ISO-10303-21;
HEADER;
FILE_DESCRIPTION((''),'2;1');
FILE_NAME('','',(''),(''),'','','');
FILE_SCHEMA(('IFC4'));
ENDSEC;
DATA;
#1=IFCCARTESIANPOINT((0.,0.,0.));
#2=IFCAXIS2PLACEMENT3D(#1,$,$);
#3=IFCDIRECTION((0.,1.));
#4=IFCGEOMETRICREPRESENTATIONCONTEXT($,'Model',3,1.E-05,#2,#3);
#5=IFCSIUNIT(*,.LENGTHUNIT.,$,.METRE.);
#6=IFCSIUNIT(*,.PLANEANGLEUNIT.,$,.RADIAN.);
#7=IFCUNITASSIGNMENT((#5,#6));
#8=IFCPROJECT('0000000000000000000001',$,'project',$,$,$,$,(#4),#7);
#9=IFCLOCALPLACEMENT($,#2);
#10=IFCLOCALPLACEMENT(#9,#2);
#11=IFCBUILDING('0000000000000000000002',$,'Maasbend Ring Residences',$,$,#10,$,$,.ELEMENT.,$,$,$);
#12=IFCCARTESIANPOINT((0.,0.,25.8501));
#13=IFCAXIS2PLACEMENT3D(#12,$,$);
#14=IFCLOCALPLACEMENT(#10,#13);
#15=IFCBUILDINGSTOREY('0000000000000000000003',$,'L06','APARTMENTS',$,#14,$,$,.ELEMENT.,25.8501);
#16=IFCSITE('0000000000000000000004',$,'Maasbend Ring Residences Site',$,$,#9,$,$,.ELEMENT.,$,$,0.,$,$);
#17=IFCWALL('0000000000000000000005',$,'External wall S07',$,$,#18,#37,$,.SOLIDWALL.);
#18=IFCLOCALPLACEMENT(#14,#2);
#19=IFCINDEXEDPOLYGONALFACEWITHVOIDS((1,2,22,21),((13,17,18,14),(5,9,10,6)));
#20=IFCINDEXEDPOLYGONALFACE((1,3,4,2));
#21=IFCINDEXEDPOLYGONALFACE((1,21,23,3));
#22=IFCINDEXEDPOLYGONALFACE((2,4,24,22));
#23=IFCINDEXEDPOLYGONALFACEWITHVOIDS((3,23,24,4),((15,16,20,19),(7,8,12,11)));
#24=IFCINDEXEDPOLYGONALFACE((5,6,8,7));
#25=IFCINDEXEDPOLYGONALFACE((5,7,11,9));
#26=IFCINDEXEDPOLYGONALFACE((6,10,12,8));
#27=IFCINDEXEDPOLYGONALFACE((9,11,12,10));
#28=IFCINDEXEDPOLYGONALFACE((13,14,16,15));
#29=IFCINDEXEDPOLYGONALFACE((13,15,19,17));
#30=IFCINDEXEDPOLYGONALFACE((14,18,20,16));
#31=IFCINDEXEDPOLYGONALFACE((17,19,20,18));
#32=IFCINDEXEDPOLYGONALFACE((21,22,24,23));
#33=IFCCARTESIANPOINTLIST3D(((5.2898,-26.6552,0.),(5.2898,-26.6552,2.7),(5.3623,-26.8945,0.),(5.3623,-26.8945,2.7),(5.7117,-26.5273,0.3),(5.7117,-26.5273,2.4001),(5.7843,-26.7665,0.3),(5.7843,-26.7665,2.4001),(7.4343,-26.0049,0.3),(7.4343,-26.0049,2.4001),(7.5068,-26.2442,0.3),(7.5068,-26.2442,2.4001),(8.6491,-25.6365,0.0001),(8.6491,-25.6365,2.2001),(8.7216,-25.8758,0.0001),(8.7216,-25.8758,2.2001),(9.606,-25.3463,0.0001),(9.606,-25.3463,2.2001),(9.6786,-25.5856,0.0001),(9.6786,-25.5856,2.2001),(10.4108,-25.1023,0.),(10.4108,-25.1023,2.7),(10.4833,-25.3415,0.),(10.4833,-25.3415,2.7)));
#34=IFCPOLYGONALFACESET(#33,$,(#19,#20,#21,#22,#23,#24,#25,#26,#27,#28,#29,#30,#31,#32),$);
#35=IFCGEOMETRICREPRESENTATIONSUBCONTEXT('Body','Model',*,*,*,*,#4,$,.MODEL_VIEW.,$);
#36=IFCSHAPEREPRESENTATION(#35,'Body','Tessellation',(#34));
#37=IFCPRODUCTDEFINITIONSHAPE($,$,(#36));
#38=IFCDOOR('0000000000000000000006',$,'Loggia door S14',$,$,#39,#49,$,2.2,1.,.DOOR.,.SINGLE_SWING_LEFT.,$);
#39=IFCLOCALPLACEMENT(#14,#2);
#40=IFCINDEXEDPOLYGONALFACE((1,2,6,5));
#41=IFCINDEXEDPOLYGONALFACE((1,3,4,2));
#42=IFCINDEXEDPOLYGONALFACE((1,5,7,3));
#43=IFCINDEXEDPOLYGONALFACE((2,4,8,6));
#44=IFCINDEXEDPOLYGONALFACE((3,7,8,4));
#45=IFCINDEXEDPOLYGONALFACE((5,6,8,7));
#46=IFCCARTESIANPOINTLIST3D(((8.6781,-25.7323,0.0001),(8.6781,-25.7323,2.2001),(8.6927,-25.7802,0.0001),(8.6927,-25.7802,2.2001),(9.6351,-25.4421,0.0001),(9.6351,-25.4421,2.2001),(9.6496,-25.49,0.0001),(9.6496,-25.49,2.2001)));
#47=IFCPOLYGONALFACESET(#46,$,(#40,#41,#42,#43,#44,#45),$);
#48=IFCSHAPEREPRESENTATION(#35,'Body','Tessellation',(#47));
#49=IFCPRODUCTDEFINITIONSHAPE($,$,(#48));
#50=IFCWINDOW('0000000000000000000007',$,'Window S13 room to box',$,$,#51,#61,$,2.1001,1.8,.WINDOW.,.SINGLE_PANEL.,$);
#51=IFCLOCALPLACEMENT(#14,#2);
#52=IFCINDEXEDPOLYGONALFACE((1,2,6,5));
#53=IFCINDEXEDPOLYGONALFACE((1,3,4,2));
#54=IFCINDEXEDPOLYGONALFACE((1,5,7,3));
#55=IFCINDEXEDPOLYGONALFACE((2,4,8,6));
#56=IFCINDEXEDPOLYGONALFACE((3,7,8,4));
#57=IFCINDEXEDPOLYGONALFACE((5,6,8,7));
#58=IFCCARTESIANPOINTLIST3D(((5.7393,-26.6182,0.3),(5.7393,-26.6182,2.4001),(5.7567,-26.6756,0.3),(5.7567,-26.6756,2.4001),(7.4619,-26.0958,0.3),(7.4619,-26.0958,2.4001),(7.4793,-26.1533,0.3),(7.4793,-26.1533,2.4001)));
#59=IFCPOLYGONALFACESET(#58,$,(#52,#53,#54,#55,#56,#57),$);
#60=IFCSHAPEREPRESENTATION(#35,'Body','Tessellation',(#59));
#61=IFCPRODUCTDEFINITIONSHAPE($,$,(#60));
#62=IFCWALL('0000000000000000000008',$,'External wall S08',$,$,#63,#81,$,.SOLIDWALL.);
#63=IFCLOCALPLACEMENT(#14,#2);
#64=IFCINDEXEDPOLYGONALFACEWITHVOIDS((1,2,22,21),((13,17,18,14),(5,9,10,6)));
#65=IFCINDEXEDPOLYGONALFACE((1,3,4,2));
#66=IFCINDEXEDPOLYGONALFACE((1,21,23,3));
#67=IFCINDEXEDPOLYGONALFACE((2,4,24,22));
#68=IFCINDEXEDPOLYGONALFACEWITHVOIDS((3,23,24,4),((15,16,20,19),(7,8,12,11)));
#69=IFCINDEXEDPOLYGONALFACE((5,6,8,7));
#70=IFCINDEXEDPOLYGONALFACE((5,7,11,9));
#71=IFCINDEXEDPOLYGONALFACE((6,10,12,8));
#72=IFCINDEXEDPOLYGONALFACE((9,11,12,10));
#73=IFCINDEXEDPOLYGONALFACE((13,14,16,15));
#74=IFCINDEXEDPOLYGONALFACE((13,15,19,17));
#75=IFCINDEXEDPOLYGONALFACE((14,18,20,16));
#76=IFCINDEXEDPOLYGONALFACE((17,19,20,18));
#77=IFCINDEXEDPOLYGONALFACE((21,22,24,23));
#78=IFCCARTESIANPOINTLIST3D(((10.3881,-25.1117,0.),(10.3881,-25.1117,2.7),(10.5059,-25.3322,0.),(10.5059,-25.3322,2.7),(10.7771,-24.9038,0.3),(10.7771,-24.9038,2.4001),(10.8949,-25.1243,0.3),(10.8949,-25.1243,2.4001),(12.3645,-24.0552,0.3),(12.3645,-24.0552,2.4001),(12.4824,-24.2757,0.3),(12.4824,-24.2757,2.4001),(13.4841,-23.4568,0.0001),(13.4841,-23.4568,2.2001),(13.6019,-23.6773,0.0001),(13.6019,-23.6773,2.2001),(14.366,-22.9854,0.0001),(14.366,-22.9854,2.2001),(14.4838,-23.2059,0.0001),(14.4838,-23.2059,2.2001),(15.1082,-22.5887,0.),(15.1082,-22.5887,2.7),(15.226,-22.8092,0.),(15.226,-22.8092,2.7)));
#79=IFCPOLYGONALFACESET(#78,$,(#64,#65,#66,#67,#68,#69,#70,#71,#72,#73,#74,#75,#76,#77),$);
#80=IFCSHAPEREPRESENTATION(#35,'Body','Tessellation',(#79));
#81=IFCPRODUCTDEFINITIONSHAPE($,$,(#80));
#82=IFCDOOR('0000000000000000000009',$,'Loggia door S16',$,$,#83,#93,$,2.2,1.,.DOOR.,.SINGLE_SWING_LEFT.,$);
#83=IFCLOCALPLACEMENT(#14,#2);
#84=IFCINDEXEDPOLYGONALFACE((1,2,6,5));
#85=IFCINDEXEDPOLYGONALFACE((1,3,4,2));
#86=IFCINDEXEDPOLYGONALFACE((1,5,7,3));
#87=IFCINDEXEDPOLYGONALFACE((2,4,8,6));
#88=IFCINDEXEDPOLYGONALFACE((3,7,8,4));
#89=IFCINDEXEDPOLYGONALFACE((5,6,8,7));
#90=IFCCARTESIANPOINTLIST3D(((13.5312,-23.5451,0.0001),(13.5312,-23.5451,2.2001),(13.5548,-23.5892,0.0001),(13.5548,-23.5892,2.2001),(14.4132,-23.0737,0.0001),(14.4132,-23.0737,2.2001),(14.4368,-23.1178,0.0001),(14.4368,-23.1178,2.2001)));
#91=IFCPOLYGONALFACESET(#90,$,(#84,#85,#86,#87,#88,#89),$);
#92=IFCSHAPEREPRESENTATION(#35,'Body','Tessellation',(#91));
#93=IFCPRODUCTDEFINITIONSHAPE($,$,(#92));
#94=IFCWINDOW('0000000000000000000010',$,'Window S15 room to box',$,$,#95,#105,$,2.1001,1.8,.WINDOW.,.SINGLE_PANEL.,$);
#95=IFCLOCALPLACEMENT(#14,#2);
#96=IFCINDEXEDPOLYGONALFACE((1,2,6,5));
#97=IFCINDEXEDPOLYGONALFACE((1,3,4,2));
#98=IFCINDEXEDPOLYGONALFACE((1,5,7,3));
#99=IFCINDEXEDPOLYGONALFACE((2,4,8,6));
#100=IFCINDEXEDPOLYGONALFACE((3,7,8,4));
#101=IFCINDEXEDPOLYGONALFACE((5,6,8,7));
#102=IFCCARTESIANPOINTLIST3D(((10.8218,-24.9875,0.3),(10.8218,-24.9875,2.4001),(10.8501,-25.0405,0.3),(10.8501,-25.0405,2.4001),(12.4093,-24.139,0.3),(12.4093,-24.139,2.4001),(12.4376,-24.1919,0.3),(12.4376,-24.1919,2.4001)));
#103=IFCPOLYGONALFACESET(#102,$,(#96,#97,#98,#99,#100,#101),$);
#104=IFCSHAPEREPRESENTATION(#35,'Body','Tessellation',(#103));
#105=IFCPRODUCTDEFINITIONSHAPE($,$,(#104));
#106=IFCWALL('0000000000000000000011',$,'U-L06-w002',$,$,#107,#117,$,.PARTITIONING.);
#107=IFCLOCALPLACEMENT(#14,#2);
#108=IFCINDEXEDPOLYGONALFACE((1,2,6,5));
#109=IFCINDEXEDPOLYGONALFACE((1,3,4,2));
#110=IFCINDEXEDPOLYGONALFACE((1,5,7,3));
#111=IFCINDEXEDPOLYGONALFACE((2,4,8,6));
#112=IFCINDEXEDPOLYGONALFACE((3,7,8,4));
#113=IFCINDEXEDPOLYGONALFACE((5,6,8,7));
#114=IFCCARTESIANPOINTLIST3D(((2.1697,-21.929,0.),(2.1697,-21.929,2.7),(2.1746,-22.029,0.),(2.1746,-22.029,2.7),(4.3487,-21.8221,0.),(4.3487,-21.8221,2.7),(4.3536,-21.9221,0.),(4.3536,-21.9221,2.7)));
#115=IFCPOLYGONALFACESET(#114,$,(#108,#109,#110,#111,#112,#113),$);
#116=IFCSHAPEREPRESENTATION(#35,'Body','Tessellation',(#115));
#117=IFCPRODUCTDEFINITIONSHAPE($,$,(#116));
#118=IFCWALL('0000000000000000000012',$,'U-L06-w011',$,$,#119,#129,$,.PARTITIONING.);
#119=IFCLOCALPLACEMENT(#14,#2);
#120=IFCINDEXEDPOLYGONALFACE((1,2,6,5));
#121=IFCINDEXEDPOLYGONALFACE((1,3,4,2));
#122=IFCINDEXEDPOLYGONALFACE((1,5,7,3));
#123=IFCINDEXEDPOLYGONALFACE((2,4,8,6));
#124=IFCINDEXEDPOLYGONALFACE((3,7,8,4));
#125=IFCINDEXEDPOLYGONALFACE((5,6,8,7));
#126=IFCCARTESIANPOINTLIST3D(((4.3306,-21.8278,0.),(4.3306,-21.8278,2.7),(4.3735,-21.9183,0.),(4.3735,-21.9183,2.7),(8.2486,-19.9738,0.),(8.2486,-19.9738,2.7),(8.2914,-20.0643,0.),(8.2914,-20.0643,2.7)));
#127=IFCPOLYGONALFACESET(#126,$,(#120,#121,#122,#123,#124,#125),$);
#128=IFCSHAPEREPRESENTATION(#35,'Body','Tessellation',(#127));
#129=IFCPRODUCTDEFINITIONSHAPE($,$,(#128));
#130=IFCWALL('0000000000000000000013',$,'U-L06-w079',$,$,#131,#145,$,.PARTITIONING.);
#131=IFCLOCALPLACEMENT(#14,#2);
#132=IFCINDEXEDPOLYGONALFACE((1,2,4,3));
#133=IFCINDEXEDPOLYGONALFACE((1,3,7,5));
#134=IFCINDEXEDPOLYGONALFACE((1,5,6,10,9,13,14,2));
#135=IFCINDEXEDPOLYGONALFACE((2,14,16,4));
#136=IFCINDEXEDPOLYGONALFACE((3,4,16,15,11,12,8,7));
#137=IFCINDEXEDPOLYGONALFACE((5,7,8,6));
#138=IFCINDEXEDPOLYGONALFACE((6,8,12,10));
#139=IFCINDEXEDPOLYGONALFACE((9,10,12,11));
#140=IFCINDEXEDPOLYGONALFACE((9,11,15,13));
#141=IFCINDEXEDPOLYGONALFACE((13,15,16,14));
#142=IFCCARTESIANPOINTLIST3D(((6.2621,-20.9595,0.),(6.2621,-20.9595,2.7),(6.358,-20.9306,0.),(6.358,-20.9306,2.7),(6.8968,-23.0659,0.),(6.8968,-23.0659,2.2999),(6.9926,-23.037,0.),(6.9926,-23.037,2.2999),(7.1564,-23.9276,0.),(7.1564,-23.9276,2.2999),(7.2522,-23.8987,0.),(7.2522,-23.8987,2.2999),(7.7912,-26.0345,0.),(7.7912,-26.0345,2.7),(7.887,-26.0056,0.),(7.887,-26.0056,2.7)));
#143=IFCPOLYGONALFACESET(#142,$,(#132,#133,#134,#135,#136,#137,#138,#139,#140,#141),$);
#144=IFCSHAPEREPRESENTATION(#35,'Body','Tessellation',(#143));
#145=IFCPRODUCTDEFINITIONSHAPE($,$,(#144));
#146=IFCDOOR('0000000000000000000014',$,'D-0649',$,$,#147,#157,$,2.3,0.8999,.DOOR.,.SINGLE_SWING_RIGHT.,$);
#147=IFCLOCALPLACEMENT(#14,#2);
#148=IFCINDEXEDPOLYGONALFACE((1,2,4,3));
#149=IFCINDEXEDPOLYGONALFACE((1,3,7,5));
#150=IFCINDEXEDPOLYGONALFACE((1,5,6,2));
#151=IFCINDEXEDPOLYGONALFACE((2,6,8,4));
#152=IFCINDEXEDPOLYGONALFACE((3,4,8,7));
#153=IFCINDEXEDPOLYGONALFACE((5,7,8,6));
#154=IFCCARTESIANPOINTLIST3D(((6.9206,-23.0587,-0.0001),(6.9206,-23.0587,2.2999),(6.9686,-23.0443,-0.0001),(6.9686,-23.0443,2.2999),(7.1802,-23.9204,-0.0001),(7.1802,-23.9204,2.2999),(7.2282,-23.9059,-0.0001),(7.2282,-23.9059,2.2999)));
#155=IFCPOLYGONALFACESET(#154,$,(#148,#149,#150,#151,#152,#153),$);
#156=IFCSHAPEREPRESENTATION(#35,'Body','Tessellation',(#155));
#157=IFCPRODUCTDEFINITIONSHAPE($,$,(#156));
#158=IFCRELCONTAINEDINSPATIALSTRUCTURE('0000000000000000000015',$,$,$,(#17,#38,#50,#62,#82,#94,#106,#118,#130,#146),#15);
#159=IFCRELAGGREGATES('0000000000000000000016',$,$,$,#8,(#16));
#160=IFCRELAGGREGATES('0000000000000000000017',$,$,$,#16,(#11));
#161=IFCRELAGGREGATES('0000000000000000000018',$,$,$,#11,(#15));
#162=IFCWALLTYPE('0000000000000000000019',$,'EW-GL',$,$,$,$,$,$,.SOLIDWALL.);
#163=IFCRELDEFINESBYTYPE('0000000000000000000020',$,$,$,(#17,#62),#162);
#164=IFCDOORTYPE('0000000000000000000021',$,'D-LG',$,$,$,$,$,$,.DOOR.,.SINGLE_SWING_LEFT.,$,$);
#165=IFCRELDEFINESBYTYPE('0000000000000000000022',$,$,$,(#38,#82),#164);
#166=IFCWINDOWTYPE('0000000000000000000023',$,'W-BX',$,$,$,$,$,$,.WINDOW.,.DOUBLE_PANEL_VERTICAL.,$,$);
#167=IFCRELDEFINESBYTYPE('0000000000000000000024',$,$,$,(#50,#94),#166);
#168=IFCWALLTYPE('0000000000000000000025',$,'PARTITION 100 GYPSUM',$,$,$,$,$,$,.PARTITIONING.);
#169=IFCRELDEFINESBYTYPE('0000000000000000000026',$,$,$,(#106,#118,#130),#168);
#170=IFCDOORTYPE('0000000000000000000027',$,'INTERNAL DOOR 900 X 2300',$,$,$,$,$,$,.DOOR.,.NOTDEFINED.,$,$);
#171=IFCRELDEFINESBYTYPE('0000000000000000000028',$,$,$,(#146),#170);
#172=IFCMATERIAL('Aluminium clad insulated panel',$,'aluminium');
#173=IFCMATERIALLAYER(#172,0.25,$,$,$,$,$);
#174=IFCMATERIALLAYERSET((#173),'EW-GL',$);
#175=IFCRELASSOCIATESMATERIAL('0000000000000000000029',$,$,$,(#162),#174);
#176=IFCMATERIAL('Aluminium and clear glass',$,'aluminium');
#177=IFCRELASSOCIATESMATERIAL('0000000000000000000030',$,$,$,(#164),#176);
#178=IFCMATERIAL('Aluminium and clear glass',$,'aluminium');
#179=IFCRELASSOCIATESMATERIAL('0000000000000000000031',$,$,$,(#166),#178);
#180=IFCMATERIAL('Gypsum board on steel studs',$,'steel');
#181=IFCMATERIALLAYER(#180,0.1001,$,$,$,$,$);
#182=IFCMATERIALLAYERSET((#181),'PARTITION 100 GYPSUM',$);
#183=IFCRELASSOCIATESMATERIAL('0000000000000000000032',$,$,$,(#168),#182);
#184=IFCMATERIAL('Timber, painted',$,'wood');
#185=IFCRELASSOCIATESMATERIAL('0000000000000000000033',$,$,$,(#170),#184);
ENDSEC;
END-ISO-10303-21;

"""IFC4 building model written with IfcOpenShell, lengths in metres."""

from ifc_helpers import new_model, si_unit, direction, frame, frame_2d, origin, place, context, subcontext, project, spatial, rectangle, extrude, material, layer, layer_set, type_object, element, fill, save


model = new_model("IFC4")

# Units and contexts
model_context = context("Model", 3, precision=1e-05, world=origin(), true_north=direction((0.0, 1.0)))
body_context = subcontext(model_context, "Body", "Model", "MODEL_VIEW")
ifc_project = project(units=[si_unit("LENGTHUNIT", "METRE"), si_unit("PLANEANGLEUNIT", "RADIAN")], contexts=[model_context])

# Site, building, storey
site_placement = place(None, origin())
site = spatial("IfcSite", under=ifc_project, at=site_placement, Name="Maasbend Ring Residences Site", CompositionType="ELEMENT", RefElevation=0.0)
building_placement = place(site_placement, origin())
building = spatial("IfcBuilding", under=site, at=building_placement, Name="Maasbend Ring Residences", CompositionType="ELEMENT")
storey_placement = place(building_placement, frame((0.0, 0.0, 25.8501)))
storey = spatial("IfcBuildingStorey", under=building, at=storey_placement, Name="L06", Description="APARTMENTS", CompositionType="ELEMENT", Elevation=25.8501)

# Walls, openings, doors, windows
ifc_material_1 = material(Name="Aluminium clad insulated panel", Category="aluminium")
ifc_layer_1 = layer(ifc_material_1, 0.25)
ifc_layer_set_1 = layer_set([ifc_layer_1], Name="EW-GL")
wall_type_1 = type_object("IfcWallType", Name="EW-GL", PredefinedType="SOLIDWALL", material=ifc_layer_set_1)
wall_1_placement = place(storey_placement, frame((5.3259, -26.7749, 0.0), z_axis=(0.0, 0.0, 1.0), x_axis=(0.956966, 0.290201, 0.0)))
wall_1 = element("IfcWall", 1, at=wall_1_placement, inside=storey, type_object=wall_type_1, Name="External wall S07", PredefinedType="SOLIDWALL", context=body_context, shape_type="SweptSolid", body=[
    extrude(rectangle(XDim=5.3513, YDim=0.25, at=frame_2d((2.6758, 0.0))), origin(), (0.0, 0.0, 1.0), 2.7),
])
opening_1_placement = place(wall_1_placement, frame((0.4412, 0.0, 0.3)))
opening_1 = element("IfcOpeningElement", 2, at=opening_1_placement, cuts=wall_1, PredefinedType="OPENING", context=body_context, shape_type="SweptSolid", body=[
    extrude(rectangle(XDim=1.8, YDim=2.1001, at=frame_2d((0.8999, 1.05))), frame((0.0, 0.135, 0.0), z_axis=(0.0, -1.0, 0.0), x_axis=(1.0, 0.0, 0.0)), (0.0, 0.0, 1.0), 0.27),
])
opening_2_placement = place(wall_1_placement, frame((3.5105, 0.0, 0.0)))
opening_2 = element("IfcOpeningElement", 3, at=opening_2_placement, cuts=wall_1, PredefinedType="OPENING", context=body_context, shape_type="SweptSolid", body=[
    extrude(rectangle(XDim=1.0, YDim=2.2, at=frame_2d((0.5, 1.1001))), frame((0.0, 0.135, 0.0), z_axis=(0.0, -1.0, 0.0), x_axis=(1.0, 0.0, 0.0)), (0.0, 0.0, 1.0), 0.27),
])
ifc_material_2 = material(Name="Aluminium and clear glass", Category="aluminium")
door_type_1 = type_object("IfcDoorType", Name="D-LG", OperationType="SINGLE_SWING_LEFT", PredefinedType="DOOR", material=ifc_material_2)
door_1_placement = place(opening_2_placement, origin())
door_1 = element("IfcDoor", 4, at=door_1_placement, inside=storey, type_object=door_type_1, Name="Loggia door S14", OperationType="SINGLE_SWING_LEFT", OverallHeight=2.2, OverallWidth=1.0, PredefinedType="DOOR", context=body_context, shape_type="SweptSolid", body=[
    extrude(rectangle(XDim=1.0, YDim=2.2, at=frame_2d((0.5, 1.1001))), frame((0.0, 0.0249, 0.0), z_axis=(0.0, -1.0, 0.0), x_axis=(1.0, 0.0, 0.0)), (0.0, 0.0, 1.0), 0.05),
])
fill(opening_2, door_1)
ifc_material_3 = material(Name="Aluminium and clear glass", Category="aluminium")
window_type_1 = type_object("IfcWindowType", Name="W-BX", PartitioningType="DOUBLE_PANEL_VERTICAL", PredefinedType="WINDOW", material=ifc_material_3)
window_1_placement = place(opening_1_placement, origin())
window_1 = element("IfcWindow", 5, at=window_1_placement, inside=storey, type_object=window_type_1, Name="Window S13 room to box", OverallHeight=2.1001, OverallWidth=1.8, PartitioningType="SINGLE_PANEL", PredefinedType="WINDOW", context=body_context, shape_type="SweptSolid", body=[
    extrude(rectangle(XDim=1.8, YDim=2.1001, at=frame_2d((0.8999, 1.05))), frame((0.0, 0.03, 0.0), z_axis=(0.0, -1.0, 0.0), x_axis=(1.0, 0.0, 0.0)), (0.0, 0.0, 1.0), 0.0601),
])
fill(opening_1, window_1)
wall_2_placement = place(storey_placement, frame((10.447, -25.2219, 0.0), z_axis=(0.0, 0.0, 1.0), x_axis=(0.881916, 0.471407, 0.0)))
wall_2 = element("IfcWall", 6, at=wall_2_placement, inside=storey, type_object=wall_type_1, Name="External wall S08", PredefinedType="SOLIDWALL", context=body_context, shape_type="SweptSolid", body=[
    extrude(rectangle(XDim=5.3521, YDim=0.25, at=frame_2d((2.676, 0.0))), origin(), (0.0, 0.0, 1.0), 2.7),
])
opening_3_placement = place(wall_2_placement, frame((0.4412, 0.0, 0.3)))
opening_3 = element("IfcOpeningElement", 7, at=opening_3_placement, cuts=wall_2, PredefinedType="OPENING", context=body_context, shape_type="SweptSolid", body=[
    extrude(rectangle(XDim=1.8, YDim=2.1001, at=frame_2d((0.8999, 1.05))), frame((0.0, 0.135, 0.0), z_axis=(0.0, -1.0, 0.0), x_axis=(1.0, 0.0, 0.0)), (0.0, 0.0, 1.0), 0.27),
])
opening_4_placement = place(wall_2_placement, frame((3.5105, 0.0, 0.0)))
opening_4 = element("IfcOpeningElement", 8, at=opening_4_placement, cuts=wall_2, PredefinedType="OPENING", context=body_context, shape_type="SweptSolid", body=[
    extrude(rectangle(XDim=1.0, YDim=2.2, at=frame_2d((0.5, 1.1001))), frame((0.0, 0.135, 0.0), z_axis=(0.0, -1.0, 0.0), x_axis=(1.0, 0.0, 0.0)), (0.0, 0.0, 1.0), 0.27),
])
door_2_placement = place(opening_4_placement, origin())
door_2 = element("IfcDoor", 9, at=door_2_placement, inside=storey, type_object=door_type_1, Name="Loggia door S16", OperationType="SINGLE_SWING_LEFT", OverallHeight=2.2, OverallWidth=1.0, PredefinedType="DOOR", context=body_context, shape_type="SweptSolid", body=[
    extrude(rectangle(XDim=1.0, YDim=2.2, at=frame_2d((0.5, 1.1001))), frame((0.0, 0.0249, 0.0), z_axis=(0.0, -1.0, 0.0), x_axis=(1.0, 0.0, 0.0)), (0.0, 0.0, 1.0), 0.05),
])
fill(opening_4, door_2)
window_2_placement = place(opening_3_placement, origin())
window_2 = element("IfcWindow", 10, at=window_2_placement, inside=storey, type_object=window_type_1, Name="Window S15 room to box", OverallHeight=2.1001, OverallWidth=1.8, PartitioningType="SINGLE_PANEL", PredefinedType="WINDOW", context=body_context, shape_type="SweptSolid", body=[
    extrude(rectangle(XDim=1.8, YDim=2.1001, at=frame_2d((0.8999, 1.05))), frame((0.0, 0.03, 0.0), z_axis=(0.0, -1.0, 0.0), x_axis=(1.0, 0.0, 0.0)), (0.0, 0.0, 1.0), 0.0601),
])
fill(opening_3, window_2)

# Walls
ifc_material_4 = material(Name="Gypsum board on steel studs", Category="steel")
ifc_layer_2 = layer(ifc_material_4, 0.1001)
ifc_layer_set_2 = layer_set([ifc_layer_2], Name="PARTITION 100 GYPSUM")
wall_type_2 = type_object("IfcWallType", Name="PARTITION 100 GYPSUM", PredefinedType="PARTITIONING", material=ifc_layer_set_2)
wall_3_placement = place(storey_placement, frame((2.1721, -21.979, 0.0), z_axis=(0.0, 0.0, 1.0), x_axis=(0.998798, 0.049017, 0.0)))
element("IfcWall", 11, at=wall_3_placement, inside=storey, type_object=wall_type_2, Name="U-L06-w002", PredefinedType="PARTITIONING", context=body_context, shape_type="SweptSolid", body=[
    extrude(rectangle(XDim=2.1816, YDim=0.1001, at=frame_2d((1.0908, 0.0))), origin(), (0.0, 0.0, 1.0), 2.7),
])
wall_4_placement = place(storey_placement, frame((4.3521, -21.873, 0.0), z_axis=(0.0, 0.0, 1.0), x_axis=(0.903905, 0.427733, 0.0)))
element("IfcWall", 12, at=wall_4_placement, inside=storey, type_object=wall_type_2, Name="U-L06-w011", PredefinedType="PARTITIONING", context=body_context, shape_type="SweptSolid", body=[
    extrude(rectangle(XDim=4.3345, YDim=0.1001, at=frame_2d((2.1672, 0.0))), origin(), (0.0, 0.0, 1.0), 2.7),
])

# Wall, opening, door
wall_5_placement = place(storey_placement, frame((6.3101, -20.9451, 0.0), z_axis=(0.0, 0.0, 1.0), x_axis=(0.288484, -0.957485, 0.0)))
wall_5 = element("IfcWall", 13, at=wall_5_placement, inside=storey, type_object=wall_type_2, Name="U-L06-w079", PredefinedType="PARTITIONING", context=body_context, shape_type="SweptSolid", body=[
    extrude(rectangle(XDim=5.3003, YDim=0.1001, at=frame_2d((2.6501, 0.0))), origin(), (0.0, 0.0, 1.0), 2.7),
])
opening_5_placement = place(wall_5_placement, frame((2.2, 0.0, 0.0)))
opening_5 = element("IfcOpeningElement", 14, at=opening_5_placement, cuts=wall_5, PredefinedType="OPENING", context=body_context, shape_type="SweptSolid", body=[
    extrude(rectangle(XDim=0.8999, YDim=2.3, at=frame_2d((0.45, 1.1499))), frame((0.0, 0.0601, 0.0), z_axis=(0.0, -1.0, 0.0), x_axis=(1.0, 0.0, 0.0)), (0.0, 0.0, 1.0), 0.1201),
])
ifc_material_5 = material(Name="Timber, painted", Category="wood")
door_type_2 = type_object("IfcDoorType", Name="INTERNAL DOOR 900 X 2300", OperationType="NOTDEFINED", PredefinedType="DOOR", material=ifc_material_5)
door_3_placement = place(opening_5_placement, origin())
door_3 = element("IfcDoor", 15, at=door_3_placement, inside=storey, type_object=door_type_2, Name="D-0649", OperationType="SINGLE_SWING_RIGHT", OverallHeight=2.3, OverallWidth=0.8999, PredefinedType="DOOR", context=body_context, shape_type="SweptSolid", body=[
    extrude(rectangle(XDim=0.8999, YDim=2.3, at=frame_2d((0.45, 1.1499))), frame((0.0, 0.0249, 0.0), z_axis=(0.0, -1.0, 0.0), x_axis=(1.0, 0.0, 0.0)), (0.0, 0.0, 1.0), 0.05),
])
fill(opening_5, door_3)

save(model, "model.ifc")
